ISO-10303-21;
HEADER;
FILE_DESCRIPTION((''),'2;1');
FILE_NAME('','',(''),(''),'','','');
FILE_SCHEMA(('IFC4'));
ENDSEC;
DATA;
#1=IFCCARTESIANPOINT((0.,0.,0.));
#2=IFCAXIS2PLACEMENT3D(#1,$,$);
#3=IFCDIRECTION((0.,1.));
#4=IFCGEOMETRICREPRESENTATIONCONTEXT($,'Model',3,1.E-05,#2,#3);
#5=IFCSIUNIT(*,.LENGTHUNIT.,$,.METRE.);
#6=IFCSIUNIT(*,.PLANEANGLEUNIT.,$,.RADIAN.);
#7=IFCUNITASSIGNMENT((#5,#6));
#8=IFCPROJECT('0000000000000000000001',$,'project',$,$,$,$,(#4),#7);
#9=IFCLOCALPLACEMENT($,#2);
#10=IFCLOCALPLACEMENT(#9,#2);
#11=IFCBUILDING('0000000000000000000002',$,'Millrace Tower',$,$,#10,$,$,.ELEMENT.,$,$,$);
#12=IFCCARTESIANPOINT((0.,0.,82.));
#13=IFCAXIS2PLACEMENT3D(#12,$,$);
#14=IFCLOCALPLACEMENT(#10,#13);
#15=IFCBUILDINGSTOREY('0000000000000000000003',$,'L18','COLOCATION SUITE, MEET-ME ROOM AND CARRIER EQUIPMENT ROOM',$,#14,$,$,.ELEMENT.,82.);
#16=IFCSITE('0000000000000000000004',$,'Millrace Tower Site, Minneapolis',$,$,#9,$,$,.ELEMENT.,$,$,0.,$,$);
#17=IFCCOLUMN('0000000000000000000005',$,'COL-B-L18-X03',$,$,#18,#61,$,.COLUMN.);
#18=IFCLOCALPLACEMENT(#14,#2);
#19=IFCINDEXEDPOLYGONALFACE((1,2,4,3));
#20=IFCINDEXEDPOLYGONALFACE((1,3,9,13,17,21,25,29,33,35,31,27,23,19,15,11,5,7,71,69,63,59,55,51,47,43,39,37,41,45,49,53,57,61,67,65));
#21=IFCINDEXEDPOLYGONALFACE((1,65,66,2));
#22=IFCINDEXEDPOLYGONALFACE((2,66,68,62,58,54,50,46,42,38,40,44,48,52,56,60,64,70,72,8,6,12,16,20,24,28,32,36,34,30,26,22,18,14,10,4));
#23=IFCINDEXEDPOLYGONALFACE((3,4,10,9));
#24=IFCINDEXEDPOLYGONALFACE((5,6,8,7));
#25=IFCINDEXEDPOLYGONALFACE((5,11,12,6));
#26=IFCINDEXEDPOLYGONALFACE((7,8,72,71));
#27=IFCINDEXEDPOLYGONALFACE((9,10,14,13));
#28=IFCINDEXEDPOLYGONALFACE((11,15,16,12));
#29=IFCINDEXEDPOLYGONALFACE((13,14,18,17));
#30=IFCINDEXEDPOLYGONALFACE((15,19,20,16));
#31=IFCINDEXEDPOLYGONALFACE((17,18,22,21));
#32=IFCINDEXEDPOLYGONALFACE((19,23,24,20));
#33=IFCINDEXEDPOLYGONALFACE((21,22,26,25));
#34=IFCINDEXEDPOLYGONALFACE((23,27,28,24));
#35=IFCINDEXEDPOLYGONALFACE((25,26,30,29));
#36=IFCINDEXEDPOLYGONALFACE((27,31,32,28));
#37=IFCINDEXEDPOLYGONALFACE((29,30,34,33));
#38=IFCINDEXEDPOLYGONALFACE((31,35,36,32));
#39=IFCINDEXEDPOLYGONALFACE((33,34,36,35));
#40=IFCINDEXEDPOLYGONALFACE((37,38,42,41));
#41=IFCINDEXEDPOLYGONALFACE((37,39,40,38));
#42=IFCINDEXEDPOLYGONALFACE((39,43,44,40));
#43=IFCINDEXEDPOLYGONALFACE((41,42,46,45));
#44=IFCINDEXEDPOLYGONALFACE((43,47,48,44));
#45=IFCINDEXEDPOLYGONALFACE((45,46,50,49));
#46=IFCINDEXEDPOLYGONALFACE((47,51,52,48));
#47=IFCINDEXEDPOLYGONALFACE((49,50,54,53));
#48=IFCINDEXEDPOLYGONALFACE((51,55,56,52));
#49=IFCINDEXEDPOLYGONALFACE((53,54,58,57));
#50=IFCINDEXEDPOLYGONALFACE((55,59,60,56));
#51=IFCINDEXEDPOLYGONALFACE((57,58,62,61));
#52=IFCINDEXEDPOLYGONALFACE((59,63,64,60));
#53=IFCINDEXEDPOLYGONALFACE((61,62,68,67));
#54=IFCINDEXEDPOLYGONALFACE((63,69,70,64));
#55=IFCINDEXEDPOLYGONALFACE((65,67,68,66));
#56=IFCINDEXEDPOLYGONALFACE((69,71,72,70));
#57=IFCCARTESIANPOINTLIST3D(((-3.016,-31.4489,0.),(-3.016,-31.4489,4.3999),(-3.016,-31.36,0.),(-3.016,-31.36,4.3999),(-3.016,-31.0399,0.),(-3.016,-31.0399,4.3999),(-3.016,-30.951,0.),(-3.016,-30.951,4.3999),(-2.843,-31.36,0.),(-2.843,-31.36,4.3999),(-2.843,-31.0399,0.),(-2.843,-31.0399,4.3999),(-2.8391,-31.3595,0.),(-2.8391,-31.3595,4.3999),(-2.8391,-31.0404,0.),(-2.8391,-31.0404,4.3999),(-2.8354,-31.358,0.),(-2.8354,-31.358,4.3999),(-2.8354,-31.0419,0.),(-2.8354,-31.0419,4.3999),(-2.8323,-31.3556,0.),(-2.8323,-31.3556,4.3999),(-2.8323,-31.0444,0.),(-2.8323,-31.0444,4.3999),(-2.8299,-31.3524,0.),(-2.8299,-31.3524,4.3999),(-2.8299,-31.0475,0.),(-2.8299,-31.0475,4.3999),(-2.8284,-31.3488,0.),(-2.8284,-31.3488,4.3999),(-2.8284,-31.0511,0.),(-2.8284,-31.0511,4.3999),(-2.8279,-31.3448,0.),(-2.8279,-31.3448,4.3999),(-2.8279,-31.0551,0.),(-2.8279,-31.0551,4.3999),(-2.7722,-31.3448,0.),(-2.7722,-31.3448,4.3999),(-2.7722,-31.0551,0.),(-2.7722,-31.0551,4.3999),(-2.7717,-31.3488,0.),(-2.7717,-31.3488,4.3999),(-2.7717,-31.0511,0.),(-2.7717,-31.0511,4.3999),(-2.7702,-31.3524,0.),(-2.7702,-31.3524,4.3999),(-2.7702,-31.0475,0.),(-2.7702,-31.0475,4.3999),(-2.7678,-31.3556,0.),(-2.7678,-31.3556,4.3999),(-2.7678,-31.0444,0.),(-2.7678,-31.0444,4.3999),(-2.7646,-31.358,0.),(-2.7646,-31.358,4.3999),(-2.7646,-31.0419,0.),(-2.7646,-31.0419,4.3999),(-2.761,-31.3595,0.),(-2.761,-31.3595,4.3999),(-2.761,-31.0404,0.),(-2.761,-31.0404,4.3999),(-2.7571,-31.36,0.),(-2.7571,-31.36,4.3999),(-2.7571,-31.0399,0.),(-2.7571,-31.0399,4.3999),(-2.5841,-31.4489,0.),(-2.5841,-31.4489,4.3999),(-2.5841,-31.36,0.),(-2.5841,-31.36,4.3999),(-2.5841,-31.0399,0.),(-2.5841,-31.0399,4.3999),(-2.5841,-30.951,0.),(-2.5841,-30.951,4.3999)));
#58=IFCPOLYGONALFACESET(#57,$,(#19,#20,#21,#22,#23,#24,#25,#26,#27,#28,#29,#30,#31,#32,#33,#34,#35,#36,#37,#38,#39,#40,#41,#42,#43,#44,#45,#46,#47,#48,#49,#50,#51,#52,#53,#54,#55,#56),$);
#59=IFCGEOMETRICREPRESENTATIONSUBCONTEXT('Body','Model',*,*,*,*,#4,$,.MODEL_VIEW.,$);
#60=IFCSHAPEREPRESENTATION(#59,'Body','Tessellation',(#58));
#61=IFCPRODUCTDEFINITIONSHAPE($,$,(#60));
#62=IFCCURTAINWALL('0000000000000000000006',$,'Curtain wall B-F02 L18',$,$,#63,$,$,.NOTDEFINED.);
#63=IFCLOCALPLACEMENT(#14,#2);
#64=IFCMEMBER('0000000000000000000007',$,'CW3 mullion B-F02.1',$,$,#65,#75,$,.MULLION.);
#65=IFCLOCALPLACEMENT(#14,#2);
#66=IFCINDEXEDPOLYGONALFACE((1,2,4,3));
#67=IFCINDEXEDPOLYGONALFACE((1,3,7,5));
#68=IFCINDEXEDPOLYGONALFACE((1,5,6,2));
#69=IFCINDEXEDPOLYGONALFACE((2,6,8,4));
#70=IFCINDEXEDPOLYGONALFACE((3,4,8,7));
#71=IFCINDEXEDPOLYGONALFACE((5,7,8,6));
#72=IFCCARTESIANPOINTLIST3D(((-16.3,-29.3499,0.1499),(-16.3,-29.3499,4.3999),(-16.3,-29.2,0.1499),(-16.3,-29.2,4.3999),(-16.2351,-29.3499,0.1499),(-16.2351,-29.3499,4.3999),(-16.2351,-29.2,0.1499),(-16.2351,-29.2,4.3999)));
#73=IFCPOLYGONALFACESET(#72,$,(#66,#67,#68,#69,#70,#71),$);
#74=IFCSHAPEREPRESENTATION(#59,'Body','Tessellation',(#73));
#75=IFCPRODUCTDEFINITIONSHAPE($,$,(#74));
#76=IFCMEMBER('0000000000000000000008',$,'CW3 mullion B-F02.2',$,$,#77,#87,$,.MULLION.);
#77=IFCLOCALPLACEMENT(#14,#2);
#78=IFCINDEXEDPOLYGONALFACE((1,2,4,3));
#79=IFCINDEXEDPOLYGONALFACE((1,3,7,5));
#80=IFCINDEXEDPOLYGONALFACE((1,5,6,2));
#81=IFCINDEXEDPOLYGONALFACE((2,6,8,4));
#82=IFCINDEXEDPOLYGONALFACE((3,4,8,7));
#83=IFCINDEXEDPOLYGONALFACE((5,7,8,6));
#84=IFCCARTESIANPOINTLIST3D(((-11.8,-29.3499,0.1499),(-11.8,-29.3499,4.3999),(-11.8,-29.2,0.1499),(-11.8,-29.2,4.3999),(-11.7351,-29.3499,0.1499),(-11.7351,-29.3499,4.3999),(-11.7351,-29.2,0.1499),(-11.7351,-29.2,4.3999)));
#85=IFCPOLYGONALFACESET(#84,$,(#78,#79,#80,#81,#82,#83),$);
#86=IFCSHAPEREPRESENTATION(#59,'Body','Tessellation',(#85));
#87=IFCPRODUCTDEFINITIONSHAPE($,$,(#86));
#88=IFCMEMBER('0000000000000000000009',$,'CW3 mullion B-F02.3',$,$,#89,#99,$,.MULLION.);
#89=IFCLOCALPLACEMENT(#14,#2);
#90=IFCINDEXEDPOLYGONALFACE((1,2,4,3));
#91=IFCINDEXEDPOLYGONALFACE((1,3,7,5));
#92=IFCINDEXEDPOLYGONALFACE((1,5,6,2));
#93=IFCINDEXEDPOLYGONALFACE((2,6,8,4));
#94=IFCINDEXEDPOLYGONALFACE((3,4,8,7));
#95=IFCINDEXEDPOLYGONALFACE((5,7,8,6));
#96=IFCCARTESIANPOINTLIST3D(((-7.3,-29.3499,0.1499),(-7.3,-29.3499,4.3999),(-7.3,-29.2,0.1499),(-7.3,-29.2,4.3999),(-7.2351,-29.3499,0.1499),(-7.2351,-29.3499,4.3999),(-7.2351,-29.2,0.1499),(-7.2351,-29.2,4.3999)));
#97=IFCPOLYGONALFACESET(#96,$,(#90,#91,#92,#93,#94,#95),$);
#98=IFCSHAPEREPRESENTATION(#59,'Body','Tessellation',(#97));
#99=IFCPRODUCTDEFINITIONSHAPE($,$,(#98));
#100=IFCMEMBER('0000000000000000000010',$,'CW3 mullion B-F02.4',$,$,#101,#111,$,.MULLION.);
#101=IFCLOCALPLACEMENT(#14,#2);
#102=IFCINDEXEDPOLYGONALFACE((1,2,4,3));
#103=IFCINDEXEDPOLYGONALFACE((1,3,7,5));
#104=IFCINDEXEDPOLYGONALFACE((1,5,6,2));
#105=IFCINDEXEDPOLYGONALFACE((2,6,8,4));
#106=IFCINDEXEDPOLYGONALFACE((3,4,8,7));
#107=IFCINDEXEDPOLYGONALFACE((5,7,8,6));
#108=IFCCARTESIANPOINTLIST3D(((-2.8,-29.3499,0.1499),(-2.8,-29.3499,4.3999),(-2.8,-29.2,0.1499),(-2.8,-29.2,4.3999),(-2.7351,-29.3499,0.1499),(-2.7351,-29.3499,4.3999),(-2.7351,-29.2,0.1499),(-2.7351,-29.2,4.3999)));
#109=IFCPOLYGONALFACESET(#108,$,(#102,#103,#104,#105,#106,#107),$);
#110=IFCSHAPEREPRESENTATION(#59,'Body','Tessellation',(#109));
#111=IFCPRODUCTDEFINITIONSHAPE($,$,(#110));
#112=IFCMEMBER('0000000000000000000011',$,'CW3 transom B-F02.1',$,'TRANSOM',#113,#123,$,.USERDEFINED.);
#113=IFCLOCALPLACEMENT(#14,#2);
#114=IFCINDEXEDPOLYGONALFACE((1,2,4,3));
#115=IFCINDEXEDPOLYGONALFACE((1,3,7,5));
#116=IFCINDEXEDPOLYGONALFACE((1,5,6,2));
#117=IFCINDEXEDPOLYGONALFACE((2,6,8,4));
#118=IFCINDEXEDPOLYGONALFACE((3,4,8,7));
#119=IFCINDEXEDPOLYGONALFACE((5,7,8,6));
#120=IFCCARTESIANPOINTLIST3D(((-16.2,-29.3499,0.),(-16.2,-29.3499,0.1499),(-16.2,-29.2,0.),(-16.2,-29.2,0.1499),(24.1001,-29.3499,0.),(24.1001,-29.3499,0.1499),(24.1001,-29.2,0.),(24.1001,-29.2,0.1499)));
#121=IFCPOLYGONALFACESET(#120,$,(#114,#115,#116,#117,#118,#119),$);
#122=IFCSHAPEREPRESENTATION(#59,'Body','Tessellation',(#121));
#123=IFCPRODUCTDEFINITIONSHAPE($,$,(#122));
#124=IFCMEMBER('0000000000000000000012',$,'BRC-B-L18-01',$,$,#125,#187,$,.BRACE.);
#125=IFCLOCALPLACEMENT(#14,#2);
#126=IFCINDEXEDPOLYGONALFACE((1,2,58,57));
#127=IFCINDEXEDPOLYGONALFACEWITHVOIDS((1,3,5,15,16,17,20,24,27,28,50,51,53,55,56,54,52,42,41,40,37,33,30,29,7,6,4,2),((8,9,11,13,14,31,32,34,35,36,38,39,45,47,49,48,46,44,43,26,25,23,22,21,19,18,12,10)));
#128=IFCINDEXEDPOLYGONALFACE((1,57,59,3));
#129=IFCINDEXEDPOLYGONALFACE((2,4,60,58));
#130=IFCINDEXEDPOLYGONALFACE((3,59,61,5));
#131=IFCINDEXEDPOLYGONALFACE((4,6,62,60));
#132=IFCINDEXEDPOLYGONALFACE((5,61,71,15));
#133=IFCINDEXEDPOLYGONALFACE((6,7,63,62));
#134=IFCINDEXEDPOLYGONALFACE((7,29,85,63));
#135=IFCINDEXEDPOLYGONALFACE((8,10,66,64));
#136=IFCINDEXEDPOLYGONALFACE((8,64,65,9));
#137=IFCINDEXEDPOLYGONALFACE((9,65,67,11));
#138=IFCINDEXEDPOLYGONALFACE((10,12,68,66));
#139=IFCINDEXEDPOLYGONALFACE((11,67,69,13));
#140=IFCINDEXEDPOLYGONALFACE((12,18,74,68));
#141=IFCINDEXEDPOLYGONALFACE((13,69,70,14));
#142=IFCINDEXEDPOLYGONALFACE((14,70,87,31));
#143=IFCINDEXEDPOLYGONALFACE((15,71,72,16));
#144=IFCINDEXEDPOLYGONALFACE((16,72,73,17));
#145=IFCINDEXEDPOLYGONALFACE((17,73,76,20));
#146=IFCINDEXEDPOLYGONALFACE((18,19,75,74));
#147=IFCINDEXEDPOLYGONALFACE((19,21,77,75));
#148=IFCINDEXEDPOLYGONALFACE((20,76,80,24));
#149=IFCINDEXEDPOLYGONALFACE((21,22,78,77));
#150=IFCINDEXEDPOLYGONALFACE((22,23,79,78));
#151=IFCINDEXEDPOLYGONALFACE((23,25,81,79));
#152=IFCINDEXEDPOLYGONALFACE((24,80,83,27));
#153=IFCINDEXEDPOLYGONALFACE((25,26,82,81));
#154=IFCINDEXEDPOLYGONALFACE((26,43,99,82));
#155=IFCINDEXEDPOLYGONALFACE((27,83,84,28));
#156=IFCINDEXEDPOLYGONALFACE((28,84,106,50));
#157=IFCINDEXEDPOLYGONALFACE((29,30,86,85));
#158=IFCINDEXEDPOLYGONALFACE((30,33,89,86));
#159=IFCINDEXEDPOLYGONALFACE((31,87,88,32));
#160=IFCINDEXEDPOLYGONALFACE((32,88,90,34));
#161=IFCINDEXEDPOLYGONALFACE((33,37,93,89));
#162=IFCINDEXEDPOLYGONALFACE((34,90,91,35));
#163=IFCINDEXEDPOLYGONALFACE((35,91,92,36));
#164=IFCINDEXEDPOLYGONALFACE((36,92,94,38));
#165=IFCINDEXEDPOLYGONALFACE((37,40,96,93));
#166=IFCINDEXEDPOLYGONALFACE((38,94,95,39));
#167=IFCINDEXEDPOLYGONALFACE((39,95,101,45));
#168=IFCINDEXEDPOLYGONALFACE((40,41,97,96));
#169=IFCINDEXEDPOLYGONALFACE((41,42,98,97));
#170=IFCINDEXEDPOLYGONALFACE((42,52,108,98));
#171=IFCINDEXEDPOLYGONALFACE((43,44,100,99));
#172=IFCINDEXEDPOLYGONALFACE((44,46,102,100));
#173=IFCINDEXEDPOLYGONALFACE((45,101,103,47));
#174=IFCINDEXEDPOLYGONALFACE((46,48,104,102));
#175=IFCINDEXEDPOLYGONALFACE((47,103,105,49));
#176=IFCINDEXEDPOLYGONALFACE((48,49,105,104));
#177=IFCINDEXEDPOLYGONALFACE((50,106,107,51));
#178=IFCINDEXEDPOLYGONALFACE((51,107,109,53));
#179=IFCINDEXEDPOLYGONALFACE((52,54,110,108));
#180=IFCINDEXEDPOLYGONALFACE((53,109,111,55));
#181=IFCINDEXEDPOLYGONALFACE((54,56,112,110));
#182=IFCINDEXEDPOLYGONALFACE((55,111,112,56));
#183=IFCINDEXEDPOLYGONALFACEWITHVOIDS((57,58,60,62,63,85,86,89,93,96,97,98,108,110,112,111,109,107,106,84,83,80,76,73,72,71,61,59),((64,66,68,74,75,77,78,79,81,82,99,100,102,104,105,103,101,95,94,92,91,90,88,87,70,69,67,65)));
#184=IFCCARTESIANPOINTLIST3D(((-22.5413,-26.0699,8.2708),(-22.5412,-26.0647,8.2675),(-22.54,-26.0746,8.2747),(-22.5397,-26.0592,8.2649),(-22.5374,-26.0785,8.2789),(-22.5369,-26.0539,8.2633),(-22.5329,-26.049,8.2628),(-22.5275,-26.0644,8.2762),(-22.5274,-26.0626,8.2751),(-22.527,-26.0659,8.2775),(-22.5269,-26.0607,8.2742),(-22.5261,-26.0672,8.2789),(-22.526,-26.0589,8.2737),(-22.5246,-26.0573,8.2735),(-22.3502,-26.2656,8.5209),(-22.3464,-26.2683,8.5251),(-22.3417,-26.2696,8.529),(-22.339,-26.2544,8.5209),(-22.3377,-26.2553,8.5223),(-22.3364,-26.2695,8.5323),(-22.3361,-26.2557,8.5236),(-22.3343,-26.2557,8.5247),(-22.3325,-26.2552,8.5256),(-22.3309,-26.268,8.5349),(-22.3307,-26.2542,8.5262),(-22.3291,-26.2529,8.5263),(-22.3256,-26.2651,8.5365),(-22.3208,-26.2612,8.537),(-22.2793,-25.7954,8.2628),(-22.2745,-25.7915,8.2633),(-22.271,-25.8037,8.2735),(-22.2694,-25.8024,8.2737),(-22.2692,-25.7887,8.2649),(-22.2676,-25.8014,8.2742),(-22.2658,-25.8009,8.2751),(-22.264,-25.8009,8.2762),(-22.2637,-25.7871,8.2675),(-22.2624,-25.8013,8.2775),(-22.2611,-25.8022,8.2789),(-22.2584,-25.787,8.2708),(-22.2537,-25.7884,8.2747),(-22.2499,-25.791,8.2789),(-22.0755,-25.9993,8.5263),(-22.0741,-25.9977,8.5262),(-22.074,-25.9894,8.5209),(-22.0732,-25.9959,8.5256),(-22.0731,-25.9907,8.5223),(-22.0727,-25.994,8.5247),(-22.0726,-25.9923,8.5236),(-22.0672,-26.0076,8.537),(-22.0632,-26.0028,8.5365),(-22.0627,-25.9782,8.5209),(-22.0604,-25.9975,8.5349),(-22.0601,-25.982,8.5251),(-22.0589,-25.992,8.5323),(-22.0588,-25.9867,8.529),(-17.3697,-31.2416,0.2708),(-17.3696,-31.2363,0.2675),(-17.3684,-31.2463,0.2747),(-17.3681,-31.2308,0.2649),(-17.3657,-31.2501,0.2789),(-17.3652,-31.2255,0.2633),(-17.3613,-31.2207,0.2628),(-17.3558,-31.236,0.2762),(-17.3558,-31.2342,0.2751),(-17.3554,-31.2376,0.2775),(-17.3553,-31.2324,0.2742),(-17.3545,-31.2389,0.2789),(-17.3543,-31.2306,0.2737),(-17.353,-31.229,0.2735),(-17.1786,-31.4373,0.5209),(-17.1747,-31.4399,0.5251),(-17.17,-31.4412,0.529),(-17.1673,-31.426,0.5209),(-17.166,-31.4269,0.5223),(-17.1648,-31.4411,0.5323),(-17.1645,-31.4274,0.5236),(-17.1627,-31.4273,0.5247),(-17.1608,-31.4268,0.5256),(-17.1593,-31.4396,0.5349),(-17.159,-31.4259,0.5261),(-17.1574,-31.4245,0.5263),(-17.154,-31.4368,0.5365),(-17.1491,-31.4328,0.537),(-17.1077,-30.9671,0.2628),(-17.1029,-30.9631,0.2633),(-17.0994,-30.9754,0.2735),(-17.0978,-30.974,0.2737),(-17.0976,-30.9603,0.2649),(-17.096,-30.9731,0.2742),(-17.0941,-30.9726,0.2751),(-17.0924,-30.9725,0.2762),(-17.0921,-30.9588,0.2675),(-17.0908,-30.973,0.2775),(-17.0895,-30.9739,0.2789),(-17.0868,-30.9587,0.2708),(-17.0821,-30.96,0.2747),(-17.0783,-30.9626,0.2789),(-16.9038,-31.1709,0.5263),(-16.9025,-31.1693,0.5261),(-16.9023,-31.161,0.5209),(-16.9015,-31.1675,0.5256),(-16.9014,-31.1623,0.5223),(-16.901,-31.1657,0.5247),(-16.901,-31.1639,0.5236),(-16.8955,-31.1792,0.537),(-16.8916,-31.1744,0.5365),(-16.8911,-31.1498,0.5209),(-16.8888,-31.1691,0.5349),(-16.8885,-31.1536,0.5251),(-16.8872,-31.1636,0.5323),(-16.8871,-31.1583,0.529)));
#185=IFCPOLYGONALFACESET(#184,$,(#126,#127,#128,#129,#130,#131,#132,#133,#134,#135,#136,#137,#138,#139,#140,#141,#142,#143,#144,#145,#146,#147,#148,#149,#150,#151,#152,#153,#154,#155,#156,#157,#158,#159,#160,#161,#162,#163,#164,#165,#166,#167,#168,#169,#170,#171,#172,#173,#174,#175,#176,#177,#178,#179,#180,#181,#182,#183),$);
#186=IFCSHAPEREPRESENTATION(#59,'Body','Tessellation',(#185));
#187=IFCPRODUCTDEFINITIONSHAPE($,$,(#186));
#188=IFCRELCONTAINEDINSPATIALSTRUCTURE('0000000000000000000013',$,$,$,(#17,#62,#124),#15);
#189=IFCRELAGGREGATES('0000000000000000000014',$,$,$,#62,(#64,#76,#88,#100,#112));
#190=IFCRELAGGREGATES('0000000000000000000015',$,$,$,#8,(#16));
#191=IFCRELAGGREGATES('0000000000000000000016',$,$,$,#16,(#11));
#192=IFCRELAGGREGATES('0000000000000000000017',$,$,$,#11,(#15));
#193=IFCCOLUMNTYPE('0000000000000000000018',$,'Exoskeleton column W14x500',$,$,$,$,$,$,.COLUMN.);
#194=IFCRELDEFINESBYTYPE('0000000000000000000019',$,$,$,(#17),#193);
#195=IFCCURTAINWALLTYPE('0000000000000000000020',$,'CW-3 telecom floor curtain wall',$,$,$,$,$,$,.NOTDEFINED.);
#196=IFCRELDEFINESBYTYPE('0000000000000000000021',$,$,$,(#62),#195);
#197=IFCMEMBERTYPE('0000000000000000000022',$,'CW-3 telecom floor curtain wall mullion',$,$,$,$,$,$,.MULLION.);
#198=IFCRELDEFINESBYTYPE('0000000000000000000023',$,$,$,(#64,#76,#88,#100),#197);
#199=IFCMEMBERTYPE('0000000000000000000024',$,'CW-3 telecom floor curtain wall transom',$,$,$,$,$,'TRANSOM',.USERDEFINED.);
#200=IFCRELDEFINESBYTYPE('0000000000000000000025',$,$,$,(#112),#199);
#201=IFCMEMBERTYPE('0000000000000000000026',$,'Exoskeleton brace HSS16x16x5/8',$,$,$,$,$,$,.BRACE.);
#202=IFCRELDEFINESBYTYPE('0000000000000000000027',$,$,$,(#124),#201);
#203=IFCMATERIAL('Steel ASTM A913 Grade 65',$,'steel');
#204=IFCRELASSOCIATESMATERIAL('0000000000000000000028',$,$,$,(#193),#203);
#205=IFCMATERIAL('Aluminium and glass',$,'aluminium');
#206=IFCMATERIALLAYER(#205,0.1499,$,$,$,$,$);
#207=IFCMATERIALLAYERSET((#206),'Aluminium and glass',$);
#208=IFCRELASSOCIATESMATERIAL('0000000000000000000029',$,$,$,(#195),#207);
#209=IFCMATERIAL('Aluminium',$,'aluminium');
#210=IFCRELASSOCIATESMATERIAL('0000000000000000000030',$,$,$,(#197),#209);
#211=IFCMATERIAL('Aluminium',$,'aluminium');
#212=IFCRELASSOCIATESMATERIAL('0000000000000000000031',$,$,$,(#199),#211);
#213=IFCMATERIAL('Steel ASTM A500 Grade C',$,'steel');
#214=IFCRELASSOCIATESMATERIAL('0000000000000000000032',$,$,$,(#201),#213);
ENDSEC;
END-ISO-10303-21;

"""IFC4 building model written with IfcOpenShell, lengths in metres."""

from ifc_helpers import new_model, si_unit, direction, frame, origin, origin_2d, place, context, subcontext, project, spatial, rectangle, hollow_rectangle, i_section, extrude, material, layer, layer_set, material_profile, profile_set, type_object, element, aggregate, save


model = new_model("IFC4")

# Units and contexts
model_context = context("Model", 3, precision=1e-05, world=origin(), true_north=direction((0.0, 1.0)))
body_context = subcontext(model_context, "Body", "Model", "MODEL_VIEW")
ifc_project = project(units=[si_unit("LENGTHUNIT", "METRE"), si_unit("PLANEANGLEUNIT", "RADIAN")], contexts=[model_context])

# Site, building, storey
site_placement = place(None, origin())
site = spatial("IfcSite", under=ifc_project, at=site_placement, Name="Millrace Tower Site, Minneapolis", CompositionType="ELEMENT", RefElevation=0.0)
building_placement = place(site_placement, origin())
building = spatial("IfcBuilding", under=site, at=building_placement, Name="Millrace Tower", CompositionType="ELEMENT")
storey_placement = place(building_placement, frame((0.0, 0.0, 82.0)))
storey = spatial("IfcBuildingStorey", under=building, at=storey_placement, Name="L18", Description="COLOCATION SUITE, MEET-ME ROOM AND CARRIER EQUIPMENT ROOM", CompositionType="ELEMENT", Elevation=82.0)

# Column
ifc_material_1 = material(Name="Steel ASTM A913 Grade 65", Category="steel")
ifc_material_profile_1 = material_profile(ifc_material_1, i_section(OverallWidth=0.4319, OverallDepth=0.4978, WebThickness=0.0557, FlangeThickness=0.0889, FilletRadius=0.0151, at=origin_2d()))
ifc_profile_set_1 = profile_set([ifc_material_profile_1], Name="Steel ASTM A913 Grade 65")
column_type = type_object("IfcColumnType", Name="Exoskeleton column W14x500", PredefinedType="COLUMN", material=ifc_profile_set_1)
column_placement = place(storey_placement, frame((-2.8, -31.2, 0.0), z_axis=(0.0, 0.0, 1.0), x_axis=(1.0, 0.0, 0.0)))
element("IfcColumn", 1, at=column_placement, inside=storey, type_object=column_type, Name="COL-B-L18-X03", PredefinedType="COLUMN", context=body_context, shape_type="SweptSolid", body=[
    extrude(i_section(OverallWidth=0.4319, OverallDepth=0.4978, WebThickness=0.0557, FlangeThickness=0.0889, FilletRadius=0.0151, at=origin_2d()), origin(), (0.0, 0.0, 1.0), 4.3999),
])

# Curtain wall, members
ifc_material_2 = material(Name="Aluminium and glass", Category="aluminium")
ifc_layer_1 = layer(ifc_material_2, 0.1499)
ifc_layer_set_1 = layer_set([ifc_layer_1], Name="Aluminium and glass")
curtain_wall_type = type_object("IfcCurtainWallType", Name="CW-3 telecom floor curtain wall", PredefinedType="NOTDEFINED", material=ifc_layer_set_1)
curtain_wall_placement = place(storey_placement, origin())
curtain_wall = element("IfcCurtainWall", 2, at=curtain_wall_placement, inside=storey, type_object=curtain_wall_type, Name="Curtain wall B-F02 L18", PredefinedType="NOTDEFINED")
ifc_material_3 = material(Name="Aluminium", Category="aluminium")
ifc_material_profile_2 = material_profile(ifc_material_3, rectangle(XDim=0.0649, YDim=0.1499, at=origin_2d()))
ifc_profile_set_2 = profile_set([ifc_material_profile_2], Name="Aluminium")
member_type_1 = type_object("IfcMemberType", Name="CW-3 telecom floor curtain wall mullion", PredefinedType="MULLION", material=ifc_profile_set_2)
member_1_placement = place(storey_placement, frame((-16.2676, -29.2749, 0.1499), z_axis=(0.0, 0.0, 1.0), x_axis=(1.0, 0.0, 0.0)))
member_1 = element("IfcMember", 3, at=member_1_placement, type_object=member_type_1, Name="CW3 mullion B-F02.1", PredefinedType="MULLION", context=body_context, shape_type="SweptSolid", body=[
    extrude(rectangle(XDim=0.0649, YDim=0.1499, at=origin_2d()), origin(), (0.0, 0.0, 1.0), 4.25),
])
member_2_placement = place(storey_placement, frame((-11.7676, -29.2749, 0.1499), z_axis=(0.0, 0.0, 1.0), x_axis=(1.0, 0.0, 0.0)))
member_2 = element("IfcMember", 4, at=member_2_placement, type_object=member_type_1, Name="CW3 mullion B-F02.2", PredefinedType="MULLION", context=body_context, shape_type="SweptSolid", body=[
    extrude(rectangle(XDim=0.0649, YDim=0.1499, at=origin_2d()), origin(), (0.0, 0.0, 1.0), 4.25),
])
member_3_placement = place(storey_placement, frame((-7.2676, -29.2749, 0.1499), z_axis=(0.0, 0.0, 1.0), x_axis=(1.0, 0.0, 0.0)))
member_3 = element("IfcMember", 5, at=member_3_placement, type_object=member_type_1, Name="CW3 mullion B-F02.3", PredefinedType="MULLION", context=body_context, shape_type="SweptSolid", body=[
    extrude(rectangle(XDim=0.0649, YDim=0.1499, at=origin_2d()), origin(), (0.0, 0.0, 1.0), 4.25),
])
member_4_placement = place(storey_placement, frame((-2.7676, -29.2749, 0.1499), z_axis=(0.0, 0.0, 1.0), x_axis=(1.0, 0.0, 0.0)))
member_4 = element("IfcMember", 6, at=member_4_placement, type_object=member_type_1, Name="CW3 mullion B-F02.4", PredefinedType="MULLION", context=body_context, shape_type="SweptSolid", body=[
    extrude(rectangle(XDim=0.0649, YDim=0.1499, at=origin_2d()), origin(), (0.0, 0.0, 1.0), 4.25),
])
ifc_material_4 = material(Name="Aluminium", Category="aluminium")
ifc_material_profile_3 = material_profile(ifc_material_4, rectangle(XDim=0.1499, YDim=0.1499, at=origin_2d()))
ifc_profile_set_3 = profile_set([ifc_material_profile_3], Name="Aluminium")
member_type_2 = type_object("IfcMemberType", Name="CW-3 telecom floor curtain wall transom", ElementType="TRANSOM", PredefinedType="USERDEFINED", material=ifc_profile_set_3)
member_5_placement = place(storey_placement, frame((-16.2, -29.2749, 0.075), z_axis=(1.0, 0.0, 0.0), x_axis=(0.0, 1.0, 0.0)))
member_5 = element("IfcMember", 7, at=member_5_placement, type_object=member_type_2, Name="CW3 transom B-F02.1", ObjectType="TRANSOM", PredefinedType="USERDEFINED", context=body_context, shape_type="SweptSolid", body=[
    extrude(rectangle(XDim=0.1499, YDim=0.1499, at=origin_2d()), origin(), (0.0, 0.0, 1.0), 40.3),
])
aggregate(curtain_wall, [member_1, member_2, member_3, member_4, member_5])

# Member
ifc_material_5 = material(Name="Steel ASTM A500 Grade C", Category="steel")
ifc_material_profile_4 = material_profile(ifc_material_5, hollow_rectangle(XDim=0.4065, YDim=0.4065, WallThickness=0.0159, InnerFilletRadius=0.0081, OuterFilletRadius=0.0239, at=origin_2d()))
ifc_profile_set_4 = profile_set([ifc_material_profile_4], Name="Steel ASTM A500 Grade C")
member_type_3 = type_object("IfcMemberType", Name="Exoskeleton brace HSS16x16x5/8", PredefinedType="BRACE", material=ifc_profile_set_4)
member_6_placement = place(storey_placement, frame((-17.1284, -31.2, 0.3999), z_axis=(-0.477116, 0.477116, 0.738052), x_axis=(-0.707107, -0.707107, 0.0)))
element("IfcMember", 8, at=member_6_placement, inside=storey, type_object=member_type_3, Name="BRC-B-L18-01", PredefinedType="BRACE", context=body_context, shape_type="SweptSolid", body=[
    extrude(hollow_rectangle(XDim=0.4065, YDim=0.4065, WallThickness=0.0159, InnerFilletRadius=0.0081, OuterFilletRadius=0.0239, at=origin_2d()), origin(), (0.0, 0.0, 1.0), 10.8394),
])

save(model, "model.ifc")
